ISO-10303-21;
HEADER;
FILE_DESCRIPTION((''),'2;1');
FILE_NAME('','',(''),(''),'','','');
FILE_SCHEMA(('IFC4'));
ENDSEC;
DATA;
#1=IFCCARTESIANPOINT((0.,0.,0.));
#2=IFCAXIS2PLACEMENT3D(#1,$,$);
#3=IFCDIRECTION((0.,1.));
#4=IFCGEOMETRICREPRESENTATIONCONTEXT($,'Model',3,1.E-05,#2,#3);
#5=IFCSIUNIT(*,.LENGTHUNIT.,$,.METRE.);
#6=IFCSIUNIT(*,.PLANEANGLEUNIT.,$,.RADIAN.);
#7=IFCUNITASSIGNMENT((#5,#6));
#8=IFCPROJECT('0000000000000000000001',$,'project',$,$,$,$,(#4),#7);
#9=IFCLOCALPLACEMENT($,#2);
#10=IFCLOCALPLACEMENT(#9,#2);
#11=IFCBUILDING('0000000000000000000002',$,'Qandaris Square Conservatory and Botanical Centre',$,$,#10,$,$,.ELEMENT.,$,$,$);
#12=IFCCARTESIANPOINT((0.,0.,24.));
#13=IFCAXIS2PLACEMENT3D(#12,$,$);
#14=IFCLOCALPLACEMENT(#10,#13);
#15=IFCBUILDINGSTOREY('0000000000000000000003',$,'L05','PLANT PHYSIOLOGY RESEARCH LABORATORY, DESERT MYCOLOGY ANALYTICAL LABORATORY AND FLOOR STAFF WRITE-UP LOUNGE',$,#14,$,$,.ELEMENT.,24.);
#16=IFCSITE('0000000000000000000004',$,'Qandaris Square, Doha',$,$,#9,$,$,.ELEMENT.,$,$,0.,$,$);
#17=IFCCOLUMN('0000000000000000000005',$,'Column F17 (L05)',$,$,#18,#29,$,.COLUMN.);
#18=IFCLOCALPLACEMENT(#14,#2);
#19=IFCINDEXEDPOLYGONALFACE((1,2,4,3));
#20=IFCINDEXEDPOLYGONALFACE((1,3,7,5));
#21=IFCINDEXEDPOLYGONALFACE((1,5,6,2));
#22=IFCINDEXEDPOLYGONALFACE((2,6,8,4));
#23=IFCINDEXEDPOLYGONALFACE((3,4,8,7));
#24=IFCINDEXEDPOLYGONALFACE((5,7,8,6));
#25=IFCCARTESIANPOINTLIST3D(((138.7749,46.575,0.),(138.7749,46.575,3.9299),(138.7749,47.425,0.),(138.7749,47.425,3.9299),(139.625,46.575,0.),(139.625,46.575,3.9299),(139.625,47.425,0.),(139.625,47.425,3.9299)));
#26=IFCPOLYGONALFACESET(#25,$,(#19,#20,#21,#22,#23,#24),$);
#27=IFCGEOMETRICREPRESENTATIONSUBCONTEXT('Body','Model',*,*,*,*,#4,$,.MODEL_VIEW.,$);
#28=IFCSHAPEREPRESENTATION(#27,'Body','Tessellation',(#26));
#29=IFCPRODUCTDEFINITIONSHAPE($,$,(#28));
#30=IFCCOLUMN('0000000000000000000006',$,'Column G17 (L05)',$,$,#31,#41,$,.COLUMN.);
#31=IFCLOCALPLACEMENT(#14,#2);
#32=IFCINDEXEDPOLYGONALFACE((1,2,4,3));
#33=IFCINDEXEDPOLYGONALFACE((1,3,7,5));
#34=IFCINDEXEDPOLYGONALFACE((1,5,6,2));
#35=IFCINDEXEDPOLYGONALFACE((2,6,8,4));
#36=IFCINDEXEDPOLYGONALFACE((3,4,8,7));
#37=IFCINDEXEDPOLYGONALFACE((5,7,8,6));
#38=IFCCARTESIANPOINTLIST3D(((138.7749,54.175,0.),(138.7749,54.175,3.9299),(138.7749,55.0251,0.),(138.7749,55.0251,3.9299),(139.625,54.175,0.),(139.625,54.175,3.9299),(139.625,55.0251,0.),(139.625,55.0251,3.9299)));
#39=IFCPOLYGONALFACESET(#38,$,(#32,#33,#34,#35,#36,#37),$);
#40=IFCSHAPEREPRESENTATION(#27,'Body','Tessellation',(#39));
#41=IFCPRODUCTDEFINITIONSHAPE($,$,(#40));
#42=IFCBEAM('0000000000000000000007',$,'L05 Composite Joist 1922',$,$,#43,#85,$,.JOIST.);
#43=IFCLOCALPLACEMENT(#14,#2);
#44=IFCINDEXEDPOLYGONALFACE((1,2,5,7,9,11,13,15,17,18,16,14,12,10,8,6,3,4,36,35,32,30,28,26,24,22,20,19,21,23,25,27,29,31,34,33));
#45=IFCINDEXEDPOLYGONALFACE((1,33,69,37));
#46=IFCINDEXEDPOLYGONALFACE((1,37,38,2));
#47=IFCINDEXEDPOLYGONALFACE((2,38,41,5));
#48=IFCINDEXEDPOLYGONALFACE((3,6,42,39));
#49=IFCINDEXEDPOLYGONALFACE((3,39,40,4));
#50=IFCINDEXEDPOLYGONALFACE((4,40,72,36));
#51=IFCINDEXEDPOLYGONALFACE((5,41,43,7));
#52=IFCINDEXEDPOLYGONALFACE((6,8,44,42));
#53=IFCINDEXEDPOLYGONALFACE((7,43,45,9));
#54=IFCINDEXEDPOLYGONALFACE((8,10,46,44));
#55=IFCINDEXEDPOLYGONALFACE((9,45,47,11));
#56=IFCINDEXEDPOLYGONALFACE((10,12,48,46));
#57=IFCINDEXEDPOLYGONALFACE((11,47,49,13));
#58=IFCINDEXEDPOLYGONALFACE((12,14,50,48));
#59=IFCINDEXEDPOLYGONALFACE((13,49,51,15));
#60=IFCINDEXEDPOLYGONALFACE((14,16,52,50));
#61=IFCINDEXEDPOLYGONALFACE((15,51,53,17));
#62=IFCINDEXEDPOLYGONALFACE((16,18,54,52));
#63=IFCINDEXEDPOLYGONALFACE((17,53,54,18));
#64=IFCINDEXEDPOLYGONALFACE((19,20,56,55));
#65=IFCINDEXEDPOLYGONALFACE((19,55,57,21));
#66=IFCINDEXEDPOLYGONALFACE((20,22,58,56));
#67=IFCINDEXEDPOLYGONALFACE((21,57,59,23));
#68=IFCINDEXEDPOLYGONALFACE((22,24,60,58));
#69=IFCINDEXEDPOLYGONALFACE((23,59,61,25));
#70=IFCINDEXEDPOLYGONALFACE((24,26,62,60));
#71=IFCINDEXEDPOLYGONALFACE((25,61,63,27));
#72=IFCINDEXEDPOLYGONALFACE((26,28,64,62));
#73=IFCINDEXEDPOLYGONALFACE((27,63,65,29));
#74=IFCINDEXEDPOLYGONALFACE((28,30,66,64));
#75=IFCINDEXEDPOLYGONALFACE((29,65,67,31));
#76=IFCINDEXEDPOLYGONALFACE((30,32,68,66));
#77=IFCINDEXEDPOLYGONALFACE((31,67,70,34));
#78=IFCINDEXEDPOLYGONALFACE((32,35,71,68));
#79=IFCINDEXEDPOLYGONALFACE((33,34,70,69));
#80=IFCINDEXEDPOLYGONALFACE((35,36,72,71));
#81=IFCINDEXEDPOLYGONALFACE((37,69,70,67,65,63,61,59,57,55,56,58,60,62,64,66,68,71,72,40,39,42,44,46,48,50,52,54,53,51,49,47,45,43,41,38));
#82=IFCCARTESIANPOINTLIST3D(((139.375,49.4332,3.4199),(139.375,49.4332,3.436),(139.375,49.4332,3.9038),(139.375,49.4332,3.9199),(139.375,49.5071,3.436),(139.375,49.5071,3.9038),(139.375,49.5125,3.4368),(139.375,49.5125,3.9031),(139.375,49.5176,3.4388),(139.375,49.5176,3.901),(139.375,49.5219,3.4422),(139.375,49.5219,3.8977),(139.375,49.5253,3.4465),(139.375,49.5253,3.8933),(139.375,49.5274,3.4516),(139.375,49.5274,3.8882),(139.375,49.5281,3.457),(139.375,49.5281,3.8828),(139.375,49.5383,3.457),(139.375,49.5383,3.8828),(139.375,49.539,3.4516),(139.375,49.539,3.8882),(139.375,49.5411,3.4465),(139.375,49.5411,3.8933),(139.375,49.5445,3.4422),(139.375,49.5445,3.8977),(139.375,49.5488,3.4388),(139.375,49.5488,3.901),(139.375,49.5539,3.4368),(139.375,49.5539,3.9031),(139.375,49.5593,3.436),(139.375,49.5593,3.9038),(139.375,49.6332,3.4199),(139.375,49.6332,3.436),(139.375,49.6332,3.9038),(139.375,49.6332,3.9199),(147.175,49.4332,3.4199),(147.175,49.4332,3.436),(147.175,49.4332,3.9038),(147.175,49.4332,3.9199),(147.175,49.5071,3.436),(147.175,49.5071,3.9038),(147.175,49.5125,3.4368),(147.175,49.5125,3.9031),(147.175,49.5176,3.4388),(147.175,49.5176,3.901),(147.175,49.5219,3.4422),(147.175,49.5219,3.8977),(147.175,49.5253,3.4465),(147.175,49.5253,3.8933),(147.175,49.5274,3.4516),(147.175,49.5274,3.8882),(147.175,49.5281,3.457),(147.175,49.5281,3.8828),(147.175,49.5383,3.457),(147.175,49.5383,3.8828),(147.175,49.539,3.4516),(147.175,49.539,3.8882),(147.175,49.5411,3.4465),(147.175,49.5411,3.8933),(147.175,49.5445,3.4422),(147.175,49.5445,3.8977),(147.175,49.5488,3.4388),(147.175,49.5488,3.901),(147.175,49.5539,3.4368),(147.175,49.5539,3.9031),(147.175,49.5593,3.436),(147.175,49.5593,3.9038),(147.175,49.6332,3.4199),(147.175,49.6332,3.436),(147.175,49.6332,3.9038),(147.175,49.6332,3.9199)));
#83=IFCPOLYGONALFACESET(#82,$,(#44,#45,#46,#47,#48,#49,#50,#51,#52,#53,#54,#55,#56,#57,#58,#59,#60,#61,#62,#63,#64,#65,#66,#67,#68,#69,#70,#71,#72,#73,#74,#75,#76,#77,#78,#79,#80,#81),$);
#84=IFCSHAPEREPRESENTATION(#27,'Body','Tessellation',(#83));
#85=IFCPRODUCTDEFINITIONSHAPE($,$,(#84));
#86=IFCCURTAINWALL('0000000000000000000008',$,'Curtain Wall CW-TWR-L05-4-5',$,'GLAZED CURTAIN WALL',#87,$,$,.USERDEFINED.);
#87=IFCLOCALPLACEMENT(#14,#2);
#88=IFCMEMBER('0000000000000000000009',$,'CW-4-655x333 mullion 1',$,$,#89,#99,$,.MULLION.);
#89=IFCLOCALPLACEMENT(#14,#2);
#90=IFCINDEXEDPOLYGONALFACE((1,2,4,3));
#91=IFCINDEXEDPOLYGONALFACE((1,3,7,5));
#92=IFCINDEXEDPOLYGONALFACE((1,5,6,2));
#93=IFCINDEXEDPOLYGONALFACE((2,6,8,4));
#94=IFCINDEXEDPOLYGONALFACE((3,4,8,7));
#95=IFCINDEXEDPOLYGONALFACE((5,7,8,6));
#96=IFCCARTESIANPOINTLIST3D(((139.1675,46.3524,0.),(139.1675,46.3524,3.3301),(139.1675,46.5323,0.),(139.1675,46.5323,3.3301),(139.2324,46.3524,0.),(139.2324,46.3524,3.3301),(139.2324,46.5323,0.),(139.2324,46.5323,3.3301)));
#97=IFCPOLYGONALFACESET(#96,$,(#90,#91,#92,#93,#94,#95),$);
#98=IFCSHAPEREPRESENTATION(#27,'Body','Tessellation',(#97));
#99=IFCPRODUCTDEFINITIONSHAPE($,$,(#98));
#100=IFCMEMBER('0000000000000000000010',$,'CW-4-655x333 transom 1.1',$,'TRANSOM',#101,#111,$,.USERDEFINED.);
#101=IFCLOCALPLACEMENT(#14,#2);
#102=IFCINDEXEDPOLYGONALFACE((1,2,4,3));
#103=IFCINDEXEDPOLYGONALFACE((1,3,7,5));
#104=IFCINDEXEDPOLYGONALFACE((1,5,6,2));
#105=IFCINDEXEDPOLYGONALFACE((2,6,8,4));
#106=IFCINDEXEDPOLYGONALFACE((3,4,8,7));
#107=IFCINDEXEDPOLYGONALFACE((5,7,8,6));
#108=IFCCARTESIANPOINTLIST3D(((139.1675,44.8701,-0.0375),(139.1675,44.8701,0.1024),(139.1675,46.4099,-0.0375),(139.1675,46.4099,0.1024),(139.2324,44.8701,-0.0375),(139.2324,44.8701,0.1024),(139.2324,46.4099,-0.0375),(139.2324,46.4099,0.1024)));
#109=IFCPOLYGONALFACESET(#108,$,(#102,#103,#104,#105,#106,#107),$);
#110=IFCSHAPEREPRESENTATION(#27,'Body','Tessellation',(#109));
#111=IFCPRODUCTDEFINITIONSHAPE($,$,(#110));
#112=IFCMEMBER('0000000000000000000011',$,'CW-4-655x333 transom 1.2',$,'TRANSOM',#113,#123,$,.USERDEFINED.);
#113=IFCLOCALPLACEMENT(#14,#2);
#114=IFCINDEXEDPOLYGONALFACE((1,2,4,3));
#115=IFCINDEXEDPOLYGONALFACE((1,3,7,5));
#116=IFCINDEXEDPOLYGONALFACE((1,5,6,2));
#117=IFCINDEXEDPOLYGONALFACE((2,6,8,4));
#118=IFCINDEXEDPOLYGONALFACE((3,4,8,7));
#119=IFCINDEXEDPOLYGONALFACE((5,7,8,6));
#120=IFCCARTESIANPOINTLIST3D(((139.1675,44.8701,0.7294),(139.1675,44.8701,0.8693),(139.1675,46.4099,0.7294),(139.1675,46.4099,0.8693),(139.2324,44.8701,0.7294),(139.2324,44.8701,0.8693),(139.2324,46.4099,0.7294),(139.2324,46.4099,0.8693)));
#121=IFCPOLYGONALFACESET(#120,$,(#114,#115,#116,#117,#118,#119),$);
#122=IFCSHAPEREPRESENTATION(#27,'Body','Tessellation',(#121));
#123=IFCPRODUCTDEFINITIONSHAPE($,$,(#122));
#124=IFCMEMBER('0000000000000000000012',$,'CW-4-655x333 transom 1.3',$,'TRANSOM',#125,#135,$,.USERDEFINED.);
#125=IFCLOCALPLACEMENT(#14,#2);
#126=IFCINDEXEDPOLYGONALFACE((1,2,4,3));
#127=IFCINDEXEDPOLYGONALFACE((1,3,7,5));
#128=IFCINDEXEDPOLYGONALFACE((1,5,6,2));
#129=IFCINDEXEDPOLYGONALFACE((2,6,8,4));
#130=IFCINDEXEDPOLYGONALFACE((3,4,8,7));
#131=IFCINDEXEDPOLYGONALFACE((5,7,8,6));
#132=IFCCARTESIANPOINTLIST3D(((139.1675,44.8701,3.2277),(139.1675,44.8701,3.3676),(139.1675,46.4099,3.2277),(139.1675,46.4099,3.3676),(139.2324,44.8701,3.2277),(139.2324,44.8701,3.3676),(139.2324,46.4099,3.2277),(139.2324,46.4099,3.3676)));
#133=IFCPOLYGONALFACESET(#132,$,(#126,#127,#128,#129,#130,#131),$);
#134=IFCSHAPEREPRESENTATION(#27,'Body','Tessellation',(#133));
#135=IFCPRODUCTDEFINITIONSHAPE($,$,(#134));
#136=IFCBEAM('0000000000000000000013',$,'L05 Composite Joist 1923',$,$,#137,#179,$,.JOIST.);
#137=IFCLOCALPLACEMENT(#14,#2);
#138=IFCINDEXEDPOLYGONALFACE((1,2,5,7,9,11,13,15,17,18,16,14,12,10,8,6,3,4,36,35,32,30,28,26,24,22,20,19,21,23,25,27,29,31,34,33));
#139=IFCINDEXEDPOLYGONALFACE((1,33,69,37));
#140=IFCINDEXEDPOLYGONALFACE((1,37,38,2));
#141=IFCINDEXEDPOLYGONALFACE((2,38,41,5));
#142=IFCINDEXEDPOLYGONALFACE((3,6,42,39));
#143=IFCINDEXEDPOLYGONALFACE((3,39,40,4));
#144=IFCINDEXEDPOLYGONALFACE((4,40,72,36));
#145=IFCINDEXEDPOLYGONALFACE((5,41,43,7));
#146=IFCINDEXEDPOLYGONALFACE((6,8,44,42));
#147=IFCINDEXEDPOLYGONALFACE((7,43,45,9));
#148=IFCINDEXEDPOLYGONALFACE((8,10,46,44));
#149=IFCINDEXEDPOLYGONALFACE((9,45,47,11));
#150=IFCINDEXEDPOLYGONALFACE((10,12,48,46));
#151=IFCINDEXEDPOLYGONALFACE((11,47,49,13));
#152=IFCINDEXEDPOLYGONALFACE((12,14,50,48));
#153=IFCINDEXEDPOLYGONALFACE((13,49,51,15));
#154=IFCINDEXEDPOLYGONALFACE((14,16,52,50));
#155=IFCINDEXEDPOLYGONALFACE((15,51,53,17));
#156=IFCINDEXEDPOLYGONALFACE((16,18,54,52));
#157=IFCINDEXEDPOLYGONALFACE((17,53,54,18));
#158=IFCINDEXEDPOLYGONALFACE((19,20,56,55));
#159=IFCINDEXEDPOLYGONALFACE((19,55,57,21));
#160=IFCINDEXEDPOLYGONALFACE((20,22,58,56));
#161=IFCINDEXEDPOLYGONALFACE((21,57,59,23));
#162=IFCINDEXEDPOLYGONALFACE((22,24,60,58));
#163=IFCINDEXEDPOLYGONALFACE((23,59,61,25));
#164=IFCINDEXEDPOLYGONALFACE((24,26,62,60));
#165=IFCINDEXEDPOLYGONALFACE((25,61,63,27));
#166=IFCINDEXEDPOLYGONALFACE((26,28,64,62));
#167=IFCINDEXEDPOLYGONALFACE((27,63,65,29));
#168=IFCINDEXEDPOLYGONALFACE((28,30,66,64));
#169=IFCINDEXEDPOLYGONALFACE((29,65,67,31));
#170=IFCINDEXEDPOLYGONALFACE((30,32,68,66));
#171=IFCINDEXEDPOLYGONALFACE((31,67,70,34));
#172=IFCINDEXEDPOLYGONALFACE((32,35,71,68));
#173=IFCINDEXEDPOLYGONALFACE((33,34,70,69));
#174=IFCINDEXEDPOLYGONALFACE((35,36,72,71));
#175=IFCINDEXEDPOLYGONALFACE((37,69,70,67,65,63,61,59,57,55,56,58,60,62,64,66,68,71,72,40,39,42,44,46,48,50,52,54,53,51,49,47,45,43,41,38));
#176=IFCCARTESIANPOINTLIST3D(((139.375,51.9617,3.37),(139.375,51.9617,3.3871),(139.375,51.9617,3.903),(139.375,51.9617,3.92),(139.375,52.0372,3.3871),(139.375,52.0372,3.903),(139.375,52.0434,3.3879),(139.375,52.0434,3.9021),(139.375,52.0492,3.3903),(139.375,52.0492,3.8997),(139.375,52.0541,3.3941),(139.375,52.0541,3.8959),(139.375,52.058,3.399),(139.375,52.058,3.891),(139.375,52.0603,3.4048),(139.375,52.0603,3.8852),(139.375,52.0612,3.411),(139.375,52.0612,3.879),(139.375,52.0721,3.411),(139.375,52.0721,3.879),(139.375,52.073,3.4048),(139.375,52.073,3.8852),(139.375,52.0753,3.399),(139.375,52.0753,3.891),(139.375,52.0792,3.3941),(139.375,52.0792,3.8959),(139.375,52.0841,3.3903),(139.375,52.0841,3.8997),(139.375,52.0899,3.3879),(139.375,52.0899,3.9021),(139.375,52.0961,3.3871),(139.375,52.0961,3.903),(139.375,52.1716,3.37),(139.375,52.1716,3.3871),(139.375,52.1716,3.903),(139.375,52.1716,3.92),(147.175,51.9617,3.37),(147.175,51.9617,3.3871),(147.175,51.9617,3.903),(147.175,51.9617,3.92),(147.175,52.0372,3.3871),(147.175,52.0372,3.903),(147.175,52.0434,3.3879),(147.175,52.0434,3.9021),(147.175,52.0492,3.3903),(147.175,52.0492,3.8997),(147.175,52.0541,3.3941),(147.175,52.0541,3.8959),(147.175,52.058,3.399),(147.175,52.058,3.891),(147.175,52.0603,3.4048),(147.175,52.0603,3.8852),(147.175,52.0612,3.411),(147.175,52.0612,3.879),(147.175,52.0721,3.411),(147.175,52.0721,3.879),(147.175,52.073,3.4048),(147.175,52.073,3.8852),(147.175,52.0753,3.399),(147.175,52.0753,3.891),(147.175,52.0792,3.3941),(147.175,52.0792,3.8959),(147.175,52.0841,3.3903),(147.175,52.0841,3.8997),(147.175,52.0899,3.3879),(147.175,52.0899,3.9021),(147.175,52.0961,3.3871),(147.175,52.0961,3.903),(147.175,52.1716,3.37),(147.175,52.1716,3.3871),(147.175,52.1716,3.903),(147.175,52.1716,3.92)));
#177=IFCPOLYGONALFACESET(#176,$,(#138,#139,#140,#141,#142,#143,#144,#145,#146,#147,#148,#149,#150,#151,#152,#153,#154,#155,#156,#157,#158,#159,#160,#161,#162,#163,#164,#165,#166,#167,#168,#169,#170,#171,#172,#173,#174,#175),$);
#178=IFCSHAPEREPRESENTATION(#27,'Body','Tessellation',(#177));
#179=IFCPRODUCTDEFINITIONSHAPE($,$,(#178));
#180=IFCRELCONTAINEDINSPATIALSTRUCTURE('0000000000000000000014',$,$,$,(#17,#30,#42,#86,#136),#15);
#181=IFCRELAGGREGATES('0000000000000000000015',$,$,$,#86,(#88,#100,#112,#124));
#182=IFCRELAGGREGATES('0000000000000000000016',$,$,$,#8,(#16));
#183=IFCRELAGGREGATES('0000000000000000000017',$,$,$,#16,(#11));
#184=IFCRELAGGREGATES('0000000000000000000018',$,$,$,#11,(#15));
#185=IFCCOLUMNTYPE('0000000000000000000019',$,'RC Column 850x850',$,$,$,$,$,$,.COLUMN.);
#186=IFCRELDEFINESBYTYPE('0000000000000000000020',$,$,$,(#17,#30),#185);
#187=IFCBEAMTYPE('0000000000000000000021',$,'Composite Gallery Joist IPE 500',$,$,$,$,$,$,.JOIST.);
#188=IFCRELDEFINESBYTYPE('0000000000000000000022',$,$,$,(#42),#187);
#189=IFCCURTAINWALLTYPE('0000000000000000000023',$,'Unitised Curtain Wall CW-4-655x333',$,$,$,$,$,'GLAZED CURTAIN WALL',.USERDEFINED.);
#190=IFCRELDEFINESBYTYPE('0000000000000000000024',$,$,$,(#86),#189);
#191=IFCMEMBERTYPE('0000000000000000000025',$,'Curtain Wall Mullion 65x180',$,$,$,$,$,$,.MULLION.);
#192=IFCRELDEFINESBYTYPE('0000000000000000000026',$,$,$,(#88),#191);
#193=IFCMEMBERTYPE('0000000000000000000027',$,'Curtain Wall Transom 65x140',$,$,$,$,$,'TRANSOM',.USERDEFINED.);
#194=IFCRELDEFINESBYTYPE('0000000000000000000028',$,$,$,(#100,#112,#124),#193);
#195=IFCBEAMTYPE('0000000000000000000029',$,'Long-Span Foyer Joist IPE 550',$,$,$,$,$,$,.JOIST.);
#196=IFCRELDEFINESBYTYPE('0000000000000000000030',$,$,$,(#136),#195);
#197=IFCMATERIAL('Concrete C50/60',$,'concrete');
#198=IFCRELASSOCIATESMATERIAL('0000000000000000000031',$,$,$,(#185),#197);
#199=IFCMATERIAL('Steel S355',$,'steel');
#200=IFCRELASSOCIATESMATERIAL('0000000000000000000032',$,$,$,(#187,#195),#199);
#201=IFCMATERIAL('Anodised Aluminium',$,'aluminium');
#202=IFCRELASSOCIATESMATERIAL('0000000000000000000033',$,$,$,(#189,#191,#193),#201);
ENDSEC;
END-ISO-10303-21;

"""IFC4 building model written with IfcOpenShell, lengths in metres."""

from ifc_helpers import new_model, si_unit, direction, frame, origin, origin_2d, place, context, subcontext, project, spatial, rectangle, i_section, extrude, material, material_profile, profile_set, type_object, element, aggregate, save


model = new_model("IFC4")

# Units and contexts
model_context = context("Model", 3, precision=1e-05, world=origin(), true_north=direction((0.0, 1.0)))
body_context = subcontext(model_context, "Body", "Model", "MODEL_VIEW")
ifc_project = project(units=[si_unit("LENGTHUNIT", "METRE"), si_unit("PLANEANGLEUNIT", "RADIAN")], contexts=[model_context])

# Site, building, storey
site_placement = place(None, origin())
site = spatial("IfcSite", under=ifc_project, at=site_placement, Name="Qandaris Square, Doha", CompositionType="ELEMENT", RefElevation=0.0)
building_placement = place(site_placement, origin())
building = spatial("IfcBuilding", under=site, at=building_placement, Name="Qandaris Square Conservatory and Botanical Centre", CompositionType="ELEMENT")
storey_placement = place(building_placement, frame((0.0, 0.0, 24.0)))
storey = spatial("IfcBuildingStorey", under=building, at=storey_placement, Name="L05", Description="PLANT PHYSIOLOGY RESEARCH LABORATORY, DESERT MYCOLOGY ANALYTICAL LABORATORY AND FLOOR STAFF WRITE-UP LOUNGE", CompositionType="ELEMENT", Elevation=24.0)

# Columns
ifc_material_1 = material(Name="Concrete C50/60", Category="concrete")
ifc_material_profile_1 = material_profile(ifc_material_1, rectangle(XDim=0.8501, YDim=0.8501, at=origin_2d()), Name="RC-COL 850x850")
ifc_profile_set_1 = profile_set([ifc_material_profile_1], Name="Concrete C50/60")
column_type = type_object("IfcColumnType", Name="RC Column 850x850", PredefinedType="COLUMN", material=ifc_profile_set_1)
for number, where, z_axis, x_axis, name in (
    (1, (139.2, 47.0, 0.0), (0.0, 0.0, 1.0), (1.0, 0.0, 0.0), "Column F17 (L05)"),
    (2, (139.2, 54.6001, 0.0), (0.0, 0.0, 1.0), (1.0, 0.0, 0.0), "Column G17 (L05)"),
):
    element("IfcColumn", number, at=place(storey_placement, frame(where, z_axis=z_axis, x_axis=x_axis)), inside=storey, type_object=column_type, Name=name, PredefinedType="COLUMN", context=body_context, shape_type="SweptSolid", body=[
        extrude(rectangle(XDim=0.8501, YDim=0.8501, at=origin_2d()), origin(), (0.0, 0.0, 1.0), 3.9299),
    ])

# Beam
ifc_material_2 = material(Name="Steel S355", Category="steel")
ifc_material_profile_2 = material_profile(ifc_material_2, i_section(OverallWidth=0.2, OverallDepth=0.5, WebThickness=0.0103, FlangeThickness=0.0161, FilletRadius=0.021, at=origin_2d()), Name="IPE 500")
ifc_profile_set_2 = profile_set([ifc_material_profile_2], Name="Steel S355")
beam_type_1 = type_object("IfcBeamType", Name="Composite Gallery Joist IPE 500", PredefinedType="JOIST", material=ifc_profile_set_2)
beam_1_placement = place(storey_placement, frame((139.375, 49.5332, 3.6699), z_axis=(1.0, 0.0, 0.0), x_axis=(0.0, 1.0, 0.0)))
element("IfcBeam", 3, at=beam_1_placement, inside=storey, type_object=beam_type_1, Name="L05 Composite Joist 1922", PredefinedType="JOIST", context=body_context, shape_type="SweptSolid", body=[
    extrude(i_section(OverallWidth=0.2, OverallDepth=0.5, WebThickness=0.0103, FlangeThickness=0.0161, FilletRadius=0.021, at=origin_2d()), origin(), (0.0, 0.0, 1.0), 7.8),
])

# Curtain wall, members
ifc_material_3 = material(Name="Anodised Aluminium", Category="aluminium")
curtain_wall_type = type_object("IfcCurtainWallType", Name="Unitised Curtain Wall CW-4-655x333", ElementType="GLAZED CURTAIN WALL", PredefinedType="USERDEFINED", material=ifc_material_3)
curtain_wall_placement = place(storey_placement, origin())
curtain_wall = element("IfcCurtainWall", 4, at=curtain_wall_placement, inside=storey, type_object=curtain_wall_type, Name="Curtain Wall CW-TWR-L05-4-5", ObjectType="GLAZED CURTAIN WALL", PredefinedType="USERDEFINED")
ifc_material_profile_3 = material_profile(ifc_material_3, rectangle(XDim=0.0649, YDim=0.1799, at=origin_2d()), Name="ALU-MUL 65x180")
ifc_profile_set_3 = profile_set([ifc_material_profile_3], Name="Anodised Aluminium")
member_type_1 = type_object("IfcMemberType", Name="Curtain Wall Mullion 65x180", PredefinedType="MULLION", material=ifc_profile_set_3)
member_1_placement = place(storey_placement, frame((139.2, 46.4424, 0.0), z_axis=(0.0, 0.0, 1.0), x_axis=(1.0, 0.0, 0.0)))
member_1 = element("IfcMember", 5, at=member_1_placement, type_object=member_type_1, Name="CW-4-655x333 mullion 1", PredefinedType="MULLION", context=body_context, shape_type="SweptSolid", body=[
    extrude(rectangle(XDim=0.0649, YDim=0.1799, at=origin_2d()), origin(), (0.0, 0.0, 1.0), 3.3301),
])
ifc_material_profile_4 = material_profile(ifc_material_3, rectangle(XDim=0.0649, YDim=0.1399, at=origin_2d()), Name="ALU-TRN 65x140")
ifc_profile_set_4 = profile_set([ifc_material_profile_4], Name="Anodised Aluminium")
member_type_2 = type_object("IfcMemberType", Name="Curtain Wall Transom 65x140", ElementType="TRANSOM", PredefinedType="USERDEFINED", material=ifc_profile_set_4)
member_2_placement = place(storey_placement, frame((139.2, 46.4099, 0.0325), z_axis=(0.0, -1.0, 0.0), x_axis=(1.0, 0.0, 0.0)))
member_2 = element("IfcMember", 6, at=member_2_placement, type_object=member_type_2, Name="CW-4-655x333 transom 1.1", ObjectType="TRANSOM", PredefinedType="USERDEFINED", context=body_context, shape_type="SweptSolid", body=[
    extrude(rectangle(XDim=0.0649, YDim=0.1399, at=origin_2d()), origin(), (0.0, 0.0, 1.0), 1.5398),
])
member_3_placement = place(storey_placement, frame((139.2, 46.4099, 0.7993), z_axis=(0.0, -1.0, 0.0), x_axis=(1.0, 0.0, 0.0)))
member_3 = element("IfcMember", 7, at=member_3_placement, type_object=member_type_2, Name="CW-4-655x333 transom 1.2", ObjectType="TRANSOM", PredefinedType="USERDEFINED", context=body_context, shape_type="SweptSolid", body=[
    extrude(rectangle(XDim=0.0649, YDim=0.1399, at=origin_2d()), origin(), (0.0, 0.0, 1.0), 1.5398),
])
member_4_placement = place(storey_placement, frame((139.2, 46.4099, 3.2976), z_axis=(0.0, -1.0, 0.0), x_axis=(1.0, 0.0, 0.0)))
member_4 = element("IfcMember", 8, at=member_4_placement, type_object=member_type_2, Name="CW-4-655x333 transom 1.3", ObjectType="TRANSOM", PredefinedType="USERDEFINED", context=body_context, shape_type="SweptSolid", body=[
    extrude(rectangle(XDim=0.0649, YDim=0.1399, at=origin_2d()), origin(), (0.0, 0.0, 1.0), 1.5398),
])

# Beam
ifc_material_profile_5 = material_profile(ifc_material_2, i_section(OverallWidth=0.21, OverallDepth=0.55, WebThickness=0.011, FlangeThickness=0.0171, FilletRadius=0.0239, at=origin_2d()), Name="IPE 550")
ifc_profile_set_5 = profile_set([ifc_material_profile_5], Name="Steel S355")
beam_type_2 = type_object("IfcBeamType", Name="Long-Span Foyer Joist IPE 550", PredefinedType="JOIST", material=ifc_profile_set_5)
for number, where, z_axis, x_axis, name in (
    (9, (139.375, 52.0667, 3.645), (1.0, 0.0, 0.0), (0.0, 1.0, 0.0), "L05 Composite Joist 1923"),
):
    element("IfcBeam", number, at=place(storey_placement, frame(where, z_axis=z_axis, x_axis=x_axis)), inside=storey, type_object=beam_type_2, Name=name, PredefinedType="JOIST", context=body_context, shape_type="SweptSolid", body=[
        extrude(i_section(OverallWidth=0.21, OverallDepth=0.55, WebThickness=0.011, FlangeThickness=0.0171, FilletRadius=0.0239, at=origin_2d()), origin(), (0.0, 0.0, 1.0), 7.8),
    ])

aggregate(curtain_wall, [member_1, member_2, member_3, member_4])

save(model, "model.ifc")
